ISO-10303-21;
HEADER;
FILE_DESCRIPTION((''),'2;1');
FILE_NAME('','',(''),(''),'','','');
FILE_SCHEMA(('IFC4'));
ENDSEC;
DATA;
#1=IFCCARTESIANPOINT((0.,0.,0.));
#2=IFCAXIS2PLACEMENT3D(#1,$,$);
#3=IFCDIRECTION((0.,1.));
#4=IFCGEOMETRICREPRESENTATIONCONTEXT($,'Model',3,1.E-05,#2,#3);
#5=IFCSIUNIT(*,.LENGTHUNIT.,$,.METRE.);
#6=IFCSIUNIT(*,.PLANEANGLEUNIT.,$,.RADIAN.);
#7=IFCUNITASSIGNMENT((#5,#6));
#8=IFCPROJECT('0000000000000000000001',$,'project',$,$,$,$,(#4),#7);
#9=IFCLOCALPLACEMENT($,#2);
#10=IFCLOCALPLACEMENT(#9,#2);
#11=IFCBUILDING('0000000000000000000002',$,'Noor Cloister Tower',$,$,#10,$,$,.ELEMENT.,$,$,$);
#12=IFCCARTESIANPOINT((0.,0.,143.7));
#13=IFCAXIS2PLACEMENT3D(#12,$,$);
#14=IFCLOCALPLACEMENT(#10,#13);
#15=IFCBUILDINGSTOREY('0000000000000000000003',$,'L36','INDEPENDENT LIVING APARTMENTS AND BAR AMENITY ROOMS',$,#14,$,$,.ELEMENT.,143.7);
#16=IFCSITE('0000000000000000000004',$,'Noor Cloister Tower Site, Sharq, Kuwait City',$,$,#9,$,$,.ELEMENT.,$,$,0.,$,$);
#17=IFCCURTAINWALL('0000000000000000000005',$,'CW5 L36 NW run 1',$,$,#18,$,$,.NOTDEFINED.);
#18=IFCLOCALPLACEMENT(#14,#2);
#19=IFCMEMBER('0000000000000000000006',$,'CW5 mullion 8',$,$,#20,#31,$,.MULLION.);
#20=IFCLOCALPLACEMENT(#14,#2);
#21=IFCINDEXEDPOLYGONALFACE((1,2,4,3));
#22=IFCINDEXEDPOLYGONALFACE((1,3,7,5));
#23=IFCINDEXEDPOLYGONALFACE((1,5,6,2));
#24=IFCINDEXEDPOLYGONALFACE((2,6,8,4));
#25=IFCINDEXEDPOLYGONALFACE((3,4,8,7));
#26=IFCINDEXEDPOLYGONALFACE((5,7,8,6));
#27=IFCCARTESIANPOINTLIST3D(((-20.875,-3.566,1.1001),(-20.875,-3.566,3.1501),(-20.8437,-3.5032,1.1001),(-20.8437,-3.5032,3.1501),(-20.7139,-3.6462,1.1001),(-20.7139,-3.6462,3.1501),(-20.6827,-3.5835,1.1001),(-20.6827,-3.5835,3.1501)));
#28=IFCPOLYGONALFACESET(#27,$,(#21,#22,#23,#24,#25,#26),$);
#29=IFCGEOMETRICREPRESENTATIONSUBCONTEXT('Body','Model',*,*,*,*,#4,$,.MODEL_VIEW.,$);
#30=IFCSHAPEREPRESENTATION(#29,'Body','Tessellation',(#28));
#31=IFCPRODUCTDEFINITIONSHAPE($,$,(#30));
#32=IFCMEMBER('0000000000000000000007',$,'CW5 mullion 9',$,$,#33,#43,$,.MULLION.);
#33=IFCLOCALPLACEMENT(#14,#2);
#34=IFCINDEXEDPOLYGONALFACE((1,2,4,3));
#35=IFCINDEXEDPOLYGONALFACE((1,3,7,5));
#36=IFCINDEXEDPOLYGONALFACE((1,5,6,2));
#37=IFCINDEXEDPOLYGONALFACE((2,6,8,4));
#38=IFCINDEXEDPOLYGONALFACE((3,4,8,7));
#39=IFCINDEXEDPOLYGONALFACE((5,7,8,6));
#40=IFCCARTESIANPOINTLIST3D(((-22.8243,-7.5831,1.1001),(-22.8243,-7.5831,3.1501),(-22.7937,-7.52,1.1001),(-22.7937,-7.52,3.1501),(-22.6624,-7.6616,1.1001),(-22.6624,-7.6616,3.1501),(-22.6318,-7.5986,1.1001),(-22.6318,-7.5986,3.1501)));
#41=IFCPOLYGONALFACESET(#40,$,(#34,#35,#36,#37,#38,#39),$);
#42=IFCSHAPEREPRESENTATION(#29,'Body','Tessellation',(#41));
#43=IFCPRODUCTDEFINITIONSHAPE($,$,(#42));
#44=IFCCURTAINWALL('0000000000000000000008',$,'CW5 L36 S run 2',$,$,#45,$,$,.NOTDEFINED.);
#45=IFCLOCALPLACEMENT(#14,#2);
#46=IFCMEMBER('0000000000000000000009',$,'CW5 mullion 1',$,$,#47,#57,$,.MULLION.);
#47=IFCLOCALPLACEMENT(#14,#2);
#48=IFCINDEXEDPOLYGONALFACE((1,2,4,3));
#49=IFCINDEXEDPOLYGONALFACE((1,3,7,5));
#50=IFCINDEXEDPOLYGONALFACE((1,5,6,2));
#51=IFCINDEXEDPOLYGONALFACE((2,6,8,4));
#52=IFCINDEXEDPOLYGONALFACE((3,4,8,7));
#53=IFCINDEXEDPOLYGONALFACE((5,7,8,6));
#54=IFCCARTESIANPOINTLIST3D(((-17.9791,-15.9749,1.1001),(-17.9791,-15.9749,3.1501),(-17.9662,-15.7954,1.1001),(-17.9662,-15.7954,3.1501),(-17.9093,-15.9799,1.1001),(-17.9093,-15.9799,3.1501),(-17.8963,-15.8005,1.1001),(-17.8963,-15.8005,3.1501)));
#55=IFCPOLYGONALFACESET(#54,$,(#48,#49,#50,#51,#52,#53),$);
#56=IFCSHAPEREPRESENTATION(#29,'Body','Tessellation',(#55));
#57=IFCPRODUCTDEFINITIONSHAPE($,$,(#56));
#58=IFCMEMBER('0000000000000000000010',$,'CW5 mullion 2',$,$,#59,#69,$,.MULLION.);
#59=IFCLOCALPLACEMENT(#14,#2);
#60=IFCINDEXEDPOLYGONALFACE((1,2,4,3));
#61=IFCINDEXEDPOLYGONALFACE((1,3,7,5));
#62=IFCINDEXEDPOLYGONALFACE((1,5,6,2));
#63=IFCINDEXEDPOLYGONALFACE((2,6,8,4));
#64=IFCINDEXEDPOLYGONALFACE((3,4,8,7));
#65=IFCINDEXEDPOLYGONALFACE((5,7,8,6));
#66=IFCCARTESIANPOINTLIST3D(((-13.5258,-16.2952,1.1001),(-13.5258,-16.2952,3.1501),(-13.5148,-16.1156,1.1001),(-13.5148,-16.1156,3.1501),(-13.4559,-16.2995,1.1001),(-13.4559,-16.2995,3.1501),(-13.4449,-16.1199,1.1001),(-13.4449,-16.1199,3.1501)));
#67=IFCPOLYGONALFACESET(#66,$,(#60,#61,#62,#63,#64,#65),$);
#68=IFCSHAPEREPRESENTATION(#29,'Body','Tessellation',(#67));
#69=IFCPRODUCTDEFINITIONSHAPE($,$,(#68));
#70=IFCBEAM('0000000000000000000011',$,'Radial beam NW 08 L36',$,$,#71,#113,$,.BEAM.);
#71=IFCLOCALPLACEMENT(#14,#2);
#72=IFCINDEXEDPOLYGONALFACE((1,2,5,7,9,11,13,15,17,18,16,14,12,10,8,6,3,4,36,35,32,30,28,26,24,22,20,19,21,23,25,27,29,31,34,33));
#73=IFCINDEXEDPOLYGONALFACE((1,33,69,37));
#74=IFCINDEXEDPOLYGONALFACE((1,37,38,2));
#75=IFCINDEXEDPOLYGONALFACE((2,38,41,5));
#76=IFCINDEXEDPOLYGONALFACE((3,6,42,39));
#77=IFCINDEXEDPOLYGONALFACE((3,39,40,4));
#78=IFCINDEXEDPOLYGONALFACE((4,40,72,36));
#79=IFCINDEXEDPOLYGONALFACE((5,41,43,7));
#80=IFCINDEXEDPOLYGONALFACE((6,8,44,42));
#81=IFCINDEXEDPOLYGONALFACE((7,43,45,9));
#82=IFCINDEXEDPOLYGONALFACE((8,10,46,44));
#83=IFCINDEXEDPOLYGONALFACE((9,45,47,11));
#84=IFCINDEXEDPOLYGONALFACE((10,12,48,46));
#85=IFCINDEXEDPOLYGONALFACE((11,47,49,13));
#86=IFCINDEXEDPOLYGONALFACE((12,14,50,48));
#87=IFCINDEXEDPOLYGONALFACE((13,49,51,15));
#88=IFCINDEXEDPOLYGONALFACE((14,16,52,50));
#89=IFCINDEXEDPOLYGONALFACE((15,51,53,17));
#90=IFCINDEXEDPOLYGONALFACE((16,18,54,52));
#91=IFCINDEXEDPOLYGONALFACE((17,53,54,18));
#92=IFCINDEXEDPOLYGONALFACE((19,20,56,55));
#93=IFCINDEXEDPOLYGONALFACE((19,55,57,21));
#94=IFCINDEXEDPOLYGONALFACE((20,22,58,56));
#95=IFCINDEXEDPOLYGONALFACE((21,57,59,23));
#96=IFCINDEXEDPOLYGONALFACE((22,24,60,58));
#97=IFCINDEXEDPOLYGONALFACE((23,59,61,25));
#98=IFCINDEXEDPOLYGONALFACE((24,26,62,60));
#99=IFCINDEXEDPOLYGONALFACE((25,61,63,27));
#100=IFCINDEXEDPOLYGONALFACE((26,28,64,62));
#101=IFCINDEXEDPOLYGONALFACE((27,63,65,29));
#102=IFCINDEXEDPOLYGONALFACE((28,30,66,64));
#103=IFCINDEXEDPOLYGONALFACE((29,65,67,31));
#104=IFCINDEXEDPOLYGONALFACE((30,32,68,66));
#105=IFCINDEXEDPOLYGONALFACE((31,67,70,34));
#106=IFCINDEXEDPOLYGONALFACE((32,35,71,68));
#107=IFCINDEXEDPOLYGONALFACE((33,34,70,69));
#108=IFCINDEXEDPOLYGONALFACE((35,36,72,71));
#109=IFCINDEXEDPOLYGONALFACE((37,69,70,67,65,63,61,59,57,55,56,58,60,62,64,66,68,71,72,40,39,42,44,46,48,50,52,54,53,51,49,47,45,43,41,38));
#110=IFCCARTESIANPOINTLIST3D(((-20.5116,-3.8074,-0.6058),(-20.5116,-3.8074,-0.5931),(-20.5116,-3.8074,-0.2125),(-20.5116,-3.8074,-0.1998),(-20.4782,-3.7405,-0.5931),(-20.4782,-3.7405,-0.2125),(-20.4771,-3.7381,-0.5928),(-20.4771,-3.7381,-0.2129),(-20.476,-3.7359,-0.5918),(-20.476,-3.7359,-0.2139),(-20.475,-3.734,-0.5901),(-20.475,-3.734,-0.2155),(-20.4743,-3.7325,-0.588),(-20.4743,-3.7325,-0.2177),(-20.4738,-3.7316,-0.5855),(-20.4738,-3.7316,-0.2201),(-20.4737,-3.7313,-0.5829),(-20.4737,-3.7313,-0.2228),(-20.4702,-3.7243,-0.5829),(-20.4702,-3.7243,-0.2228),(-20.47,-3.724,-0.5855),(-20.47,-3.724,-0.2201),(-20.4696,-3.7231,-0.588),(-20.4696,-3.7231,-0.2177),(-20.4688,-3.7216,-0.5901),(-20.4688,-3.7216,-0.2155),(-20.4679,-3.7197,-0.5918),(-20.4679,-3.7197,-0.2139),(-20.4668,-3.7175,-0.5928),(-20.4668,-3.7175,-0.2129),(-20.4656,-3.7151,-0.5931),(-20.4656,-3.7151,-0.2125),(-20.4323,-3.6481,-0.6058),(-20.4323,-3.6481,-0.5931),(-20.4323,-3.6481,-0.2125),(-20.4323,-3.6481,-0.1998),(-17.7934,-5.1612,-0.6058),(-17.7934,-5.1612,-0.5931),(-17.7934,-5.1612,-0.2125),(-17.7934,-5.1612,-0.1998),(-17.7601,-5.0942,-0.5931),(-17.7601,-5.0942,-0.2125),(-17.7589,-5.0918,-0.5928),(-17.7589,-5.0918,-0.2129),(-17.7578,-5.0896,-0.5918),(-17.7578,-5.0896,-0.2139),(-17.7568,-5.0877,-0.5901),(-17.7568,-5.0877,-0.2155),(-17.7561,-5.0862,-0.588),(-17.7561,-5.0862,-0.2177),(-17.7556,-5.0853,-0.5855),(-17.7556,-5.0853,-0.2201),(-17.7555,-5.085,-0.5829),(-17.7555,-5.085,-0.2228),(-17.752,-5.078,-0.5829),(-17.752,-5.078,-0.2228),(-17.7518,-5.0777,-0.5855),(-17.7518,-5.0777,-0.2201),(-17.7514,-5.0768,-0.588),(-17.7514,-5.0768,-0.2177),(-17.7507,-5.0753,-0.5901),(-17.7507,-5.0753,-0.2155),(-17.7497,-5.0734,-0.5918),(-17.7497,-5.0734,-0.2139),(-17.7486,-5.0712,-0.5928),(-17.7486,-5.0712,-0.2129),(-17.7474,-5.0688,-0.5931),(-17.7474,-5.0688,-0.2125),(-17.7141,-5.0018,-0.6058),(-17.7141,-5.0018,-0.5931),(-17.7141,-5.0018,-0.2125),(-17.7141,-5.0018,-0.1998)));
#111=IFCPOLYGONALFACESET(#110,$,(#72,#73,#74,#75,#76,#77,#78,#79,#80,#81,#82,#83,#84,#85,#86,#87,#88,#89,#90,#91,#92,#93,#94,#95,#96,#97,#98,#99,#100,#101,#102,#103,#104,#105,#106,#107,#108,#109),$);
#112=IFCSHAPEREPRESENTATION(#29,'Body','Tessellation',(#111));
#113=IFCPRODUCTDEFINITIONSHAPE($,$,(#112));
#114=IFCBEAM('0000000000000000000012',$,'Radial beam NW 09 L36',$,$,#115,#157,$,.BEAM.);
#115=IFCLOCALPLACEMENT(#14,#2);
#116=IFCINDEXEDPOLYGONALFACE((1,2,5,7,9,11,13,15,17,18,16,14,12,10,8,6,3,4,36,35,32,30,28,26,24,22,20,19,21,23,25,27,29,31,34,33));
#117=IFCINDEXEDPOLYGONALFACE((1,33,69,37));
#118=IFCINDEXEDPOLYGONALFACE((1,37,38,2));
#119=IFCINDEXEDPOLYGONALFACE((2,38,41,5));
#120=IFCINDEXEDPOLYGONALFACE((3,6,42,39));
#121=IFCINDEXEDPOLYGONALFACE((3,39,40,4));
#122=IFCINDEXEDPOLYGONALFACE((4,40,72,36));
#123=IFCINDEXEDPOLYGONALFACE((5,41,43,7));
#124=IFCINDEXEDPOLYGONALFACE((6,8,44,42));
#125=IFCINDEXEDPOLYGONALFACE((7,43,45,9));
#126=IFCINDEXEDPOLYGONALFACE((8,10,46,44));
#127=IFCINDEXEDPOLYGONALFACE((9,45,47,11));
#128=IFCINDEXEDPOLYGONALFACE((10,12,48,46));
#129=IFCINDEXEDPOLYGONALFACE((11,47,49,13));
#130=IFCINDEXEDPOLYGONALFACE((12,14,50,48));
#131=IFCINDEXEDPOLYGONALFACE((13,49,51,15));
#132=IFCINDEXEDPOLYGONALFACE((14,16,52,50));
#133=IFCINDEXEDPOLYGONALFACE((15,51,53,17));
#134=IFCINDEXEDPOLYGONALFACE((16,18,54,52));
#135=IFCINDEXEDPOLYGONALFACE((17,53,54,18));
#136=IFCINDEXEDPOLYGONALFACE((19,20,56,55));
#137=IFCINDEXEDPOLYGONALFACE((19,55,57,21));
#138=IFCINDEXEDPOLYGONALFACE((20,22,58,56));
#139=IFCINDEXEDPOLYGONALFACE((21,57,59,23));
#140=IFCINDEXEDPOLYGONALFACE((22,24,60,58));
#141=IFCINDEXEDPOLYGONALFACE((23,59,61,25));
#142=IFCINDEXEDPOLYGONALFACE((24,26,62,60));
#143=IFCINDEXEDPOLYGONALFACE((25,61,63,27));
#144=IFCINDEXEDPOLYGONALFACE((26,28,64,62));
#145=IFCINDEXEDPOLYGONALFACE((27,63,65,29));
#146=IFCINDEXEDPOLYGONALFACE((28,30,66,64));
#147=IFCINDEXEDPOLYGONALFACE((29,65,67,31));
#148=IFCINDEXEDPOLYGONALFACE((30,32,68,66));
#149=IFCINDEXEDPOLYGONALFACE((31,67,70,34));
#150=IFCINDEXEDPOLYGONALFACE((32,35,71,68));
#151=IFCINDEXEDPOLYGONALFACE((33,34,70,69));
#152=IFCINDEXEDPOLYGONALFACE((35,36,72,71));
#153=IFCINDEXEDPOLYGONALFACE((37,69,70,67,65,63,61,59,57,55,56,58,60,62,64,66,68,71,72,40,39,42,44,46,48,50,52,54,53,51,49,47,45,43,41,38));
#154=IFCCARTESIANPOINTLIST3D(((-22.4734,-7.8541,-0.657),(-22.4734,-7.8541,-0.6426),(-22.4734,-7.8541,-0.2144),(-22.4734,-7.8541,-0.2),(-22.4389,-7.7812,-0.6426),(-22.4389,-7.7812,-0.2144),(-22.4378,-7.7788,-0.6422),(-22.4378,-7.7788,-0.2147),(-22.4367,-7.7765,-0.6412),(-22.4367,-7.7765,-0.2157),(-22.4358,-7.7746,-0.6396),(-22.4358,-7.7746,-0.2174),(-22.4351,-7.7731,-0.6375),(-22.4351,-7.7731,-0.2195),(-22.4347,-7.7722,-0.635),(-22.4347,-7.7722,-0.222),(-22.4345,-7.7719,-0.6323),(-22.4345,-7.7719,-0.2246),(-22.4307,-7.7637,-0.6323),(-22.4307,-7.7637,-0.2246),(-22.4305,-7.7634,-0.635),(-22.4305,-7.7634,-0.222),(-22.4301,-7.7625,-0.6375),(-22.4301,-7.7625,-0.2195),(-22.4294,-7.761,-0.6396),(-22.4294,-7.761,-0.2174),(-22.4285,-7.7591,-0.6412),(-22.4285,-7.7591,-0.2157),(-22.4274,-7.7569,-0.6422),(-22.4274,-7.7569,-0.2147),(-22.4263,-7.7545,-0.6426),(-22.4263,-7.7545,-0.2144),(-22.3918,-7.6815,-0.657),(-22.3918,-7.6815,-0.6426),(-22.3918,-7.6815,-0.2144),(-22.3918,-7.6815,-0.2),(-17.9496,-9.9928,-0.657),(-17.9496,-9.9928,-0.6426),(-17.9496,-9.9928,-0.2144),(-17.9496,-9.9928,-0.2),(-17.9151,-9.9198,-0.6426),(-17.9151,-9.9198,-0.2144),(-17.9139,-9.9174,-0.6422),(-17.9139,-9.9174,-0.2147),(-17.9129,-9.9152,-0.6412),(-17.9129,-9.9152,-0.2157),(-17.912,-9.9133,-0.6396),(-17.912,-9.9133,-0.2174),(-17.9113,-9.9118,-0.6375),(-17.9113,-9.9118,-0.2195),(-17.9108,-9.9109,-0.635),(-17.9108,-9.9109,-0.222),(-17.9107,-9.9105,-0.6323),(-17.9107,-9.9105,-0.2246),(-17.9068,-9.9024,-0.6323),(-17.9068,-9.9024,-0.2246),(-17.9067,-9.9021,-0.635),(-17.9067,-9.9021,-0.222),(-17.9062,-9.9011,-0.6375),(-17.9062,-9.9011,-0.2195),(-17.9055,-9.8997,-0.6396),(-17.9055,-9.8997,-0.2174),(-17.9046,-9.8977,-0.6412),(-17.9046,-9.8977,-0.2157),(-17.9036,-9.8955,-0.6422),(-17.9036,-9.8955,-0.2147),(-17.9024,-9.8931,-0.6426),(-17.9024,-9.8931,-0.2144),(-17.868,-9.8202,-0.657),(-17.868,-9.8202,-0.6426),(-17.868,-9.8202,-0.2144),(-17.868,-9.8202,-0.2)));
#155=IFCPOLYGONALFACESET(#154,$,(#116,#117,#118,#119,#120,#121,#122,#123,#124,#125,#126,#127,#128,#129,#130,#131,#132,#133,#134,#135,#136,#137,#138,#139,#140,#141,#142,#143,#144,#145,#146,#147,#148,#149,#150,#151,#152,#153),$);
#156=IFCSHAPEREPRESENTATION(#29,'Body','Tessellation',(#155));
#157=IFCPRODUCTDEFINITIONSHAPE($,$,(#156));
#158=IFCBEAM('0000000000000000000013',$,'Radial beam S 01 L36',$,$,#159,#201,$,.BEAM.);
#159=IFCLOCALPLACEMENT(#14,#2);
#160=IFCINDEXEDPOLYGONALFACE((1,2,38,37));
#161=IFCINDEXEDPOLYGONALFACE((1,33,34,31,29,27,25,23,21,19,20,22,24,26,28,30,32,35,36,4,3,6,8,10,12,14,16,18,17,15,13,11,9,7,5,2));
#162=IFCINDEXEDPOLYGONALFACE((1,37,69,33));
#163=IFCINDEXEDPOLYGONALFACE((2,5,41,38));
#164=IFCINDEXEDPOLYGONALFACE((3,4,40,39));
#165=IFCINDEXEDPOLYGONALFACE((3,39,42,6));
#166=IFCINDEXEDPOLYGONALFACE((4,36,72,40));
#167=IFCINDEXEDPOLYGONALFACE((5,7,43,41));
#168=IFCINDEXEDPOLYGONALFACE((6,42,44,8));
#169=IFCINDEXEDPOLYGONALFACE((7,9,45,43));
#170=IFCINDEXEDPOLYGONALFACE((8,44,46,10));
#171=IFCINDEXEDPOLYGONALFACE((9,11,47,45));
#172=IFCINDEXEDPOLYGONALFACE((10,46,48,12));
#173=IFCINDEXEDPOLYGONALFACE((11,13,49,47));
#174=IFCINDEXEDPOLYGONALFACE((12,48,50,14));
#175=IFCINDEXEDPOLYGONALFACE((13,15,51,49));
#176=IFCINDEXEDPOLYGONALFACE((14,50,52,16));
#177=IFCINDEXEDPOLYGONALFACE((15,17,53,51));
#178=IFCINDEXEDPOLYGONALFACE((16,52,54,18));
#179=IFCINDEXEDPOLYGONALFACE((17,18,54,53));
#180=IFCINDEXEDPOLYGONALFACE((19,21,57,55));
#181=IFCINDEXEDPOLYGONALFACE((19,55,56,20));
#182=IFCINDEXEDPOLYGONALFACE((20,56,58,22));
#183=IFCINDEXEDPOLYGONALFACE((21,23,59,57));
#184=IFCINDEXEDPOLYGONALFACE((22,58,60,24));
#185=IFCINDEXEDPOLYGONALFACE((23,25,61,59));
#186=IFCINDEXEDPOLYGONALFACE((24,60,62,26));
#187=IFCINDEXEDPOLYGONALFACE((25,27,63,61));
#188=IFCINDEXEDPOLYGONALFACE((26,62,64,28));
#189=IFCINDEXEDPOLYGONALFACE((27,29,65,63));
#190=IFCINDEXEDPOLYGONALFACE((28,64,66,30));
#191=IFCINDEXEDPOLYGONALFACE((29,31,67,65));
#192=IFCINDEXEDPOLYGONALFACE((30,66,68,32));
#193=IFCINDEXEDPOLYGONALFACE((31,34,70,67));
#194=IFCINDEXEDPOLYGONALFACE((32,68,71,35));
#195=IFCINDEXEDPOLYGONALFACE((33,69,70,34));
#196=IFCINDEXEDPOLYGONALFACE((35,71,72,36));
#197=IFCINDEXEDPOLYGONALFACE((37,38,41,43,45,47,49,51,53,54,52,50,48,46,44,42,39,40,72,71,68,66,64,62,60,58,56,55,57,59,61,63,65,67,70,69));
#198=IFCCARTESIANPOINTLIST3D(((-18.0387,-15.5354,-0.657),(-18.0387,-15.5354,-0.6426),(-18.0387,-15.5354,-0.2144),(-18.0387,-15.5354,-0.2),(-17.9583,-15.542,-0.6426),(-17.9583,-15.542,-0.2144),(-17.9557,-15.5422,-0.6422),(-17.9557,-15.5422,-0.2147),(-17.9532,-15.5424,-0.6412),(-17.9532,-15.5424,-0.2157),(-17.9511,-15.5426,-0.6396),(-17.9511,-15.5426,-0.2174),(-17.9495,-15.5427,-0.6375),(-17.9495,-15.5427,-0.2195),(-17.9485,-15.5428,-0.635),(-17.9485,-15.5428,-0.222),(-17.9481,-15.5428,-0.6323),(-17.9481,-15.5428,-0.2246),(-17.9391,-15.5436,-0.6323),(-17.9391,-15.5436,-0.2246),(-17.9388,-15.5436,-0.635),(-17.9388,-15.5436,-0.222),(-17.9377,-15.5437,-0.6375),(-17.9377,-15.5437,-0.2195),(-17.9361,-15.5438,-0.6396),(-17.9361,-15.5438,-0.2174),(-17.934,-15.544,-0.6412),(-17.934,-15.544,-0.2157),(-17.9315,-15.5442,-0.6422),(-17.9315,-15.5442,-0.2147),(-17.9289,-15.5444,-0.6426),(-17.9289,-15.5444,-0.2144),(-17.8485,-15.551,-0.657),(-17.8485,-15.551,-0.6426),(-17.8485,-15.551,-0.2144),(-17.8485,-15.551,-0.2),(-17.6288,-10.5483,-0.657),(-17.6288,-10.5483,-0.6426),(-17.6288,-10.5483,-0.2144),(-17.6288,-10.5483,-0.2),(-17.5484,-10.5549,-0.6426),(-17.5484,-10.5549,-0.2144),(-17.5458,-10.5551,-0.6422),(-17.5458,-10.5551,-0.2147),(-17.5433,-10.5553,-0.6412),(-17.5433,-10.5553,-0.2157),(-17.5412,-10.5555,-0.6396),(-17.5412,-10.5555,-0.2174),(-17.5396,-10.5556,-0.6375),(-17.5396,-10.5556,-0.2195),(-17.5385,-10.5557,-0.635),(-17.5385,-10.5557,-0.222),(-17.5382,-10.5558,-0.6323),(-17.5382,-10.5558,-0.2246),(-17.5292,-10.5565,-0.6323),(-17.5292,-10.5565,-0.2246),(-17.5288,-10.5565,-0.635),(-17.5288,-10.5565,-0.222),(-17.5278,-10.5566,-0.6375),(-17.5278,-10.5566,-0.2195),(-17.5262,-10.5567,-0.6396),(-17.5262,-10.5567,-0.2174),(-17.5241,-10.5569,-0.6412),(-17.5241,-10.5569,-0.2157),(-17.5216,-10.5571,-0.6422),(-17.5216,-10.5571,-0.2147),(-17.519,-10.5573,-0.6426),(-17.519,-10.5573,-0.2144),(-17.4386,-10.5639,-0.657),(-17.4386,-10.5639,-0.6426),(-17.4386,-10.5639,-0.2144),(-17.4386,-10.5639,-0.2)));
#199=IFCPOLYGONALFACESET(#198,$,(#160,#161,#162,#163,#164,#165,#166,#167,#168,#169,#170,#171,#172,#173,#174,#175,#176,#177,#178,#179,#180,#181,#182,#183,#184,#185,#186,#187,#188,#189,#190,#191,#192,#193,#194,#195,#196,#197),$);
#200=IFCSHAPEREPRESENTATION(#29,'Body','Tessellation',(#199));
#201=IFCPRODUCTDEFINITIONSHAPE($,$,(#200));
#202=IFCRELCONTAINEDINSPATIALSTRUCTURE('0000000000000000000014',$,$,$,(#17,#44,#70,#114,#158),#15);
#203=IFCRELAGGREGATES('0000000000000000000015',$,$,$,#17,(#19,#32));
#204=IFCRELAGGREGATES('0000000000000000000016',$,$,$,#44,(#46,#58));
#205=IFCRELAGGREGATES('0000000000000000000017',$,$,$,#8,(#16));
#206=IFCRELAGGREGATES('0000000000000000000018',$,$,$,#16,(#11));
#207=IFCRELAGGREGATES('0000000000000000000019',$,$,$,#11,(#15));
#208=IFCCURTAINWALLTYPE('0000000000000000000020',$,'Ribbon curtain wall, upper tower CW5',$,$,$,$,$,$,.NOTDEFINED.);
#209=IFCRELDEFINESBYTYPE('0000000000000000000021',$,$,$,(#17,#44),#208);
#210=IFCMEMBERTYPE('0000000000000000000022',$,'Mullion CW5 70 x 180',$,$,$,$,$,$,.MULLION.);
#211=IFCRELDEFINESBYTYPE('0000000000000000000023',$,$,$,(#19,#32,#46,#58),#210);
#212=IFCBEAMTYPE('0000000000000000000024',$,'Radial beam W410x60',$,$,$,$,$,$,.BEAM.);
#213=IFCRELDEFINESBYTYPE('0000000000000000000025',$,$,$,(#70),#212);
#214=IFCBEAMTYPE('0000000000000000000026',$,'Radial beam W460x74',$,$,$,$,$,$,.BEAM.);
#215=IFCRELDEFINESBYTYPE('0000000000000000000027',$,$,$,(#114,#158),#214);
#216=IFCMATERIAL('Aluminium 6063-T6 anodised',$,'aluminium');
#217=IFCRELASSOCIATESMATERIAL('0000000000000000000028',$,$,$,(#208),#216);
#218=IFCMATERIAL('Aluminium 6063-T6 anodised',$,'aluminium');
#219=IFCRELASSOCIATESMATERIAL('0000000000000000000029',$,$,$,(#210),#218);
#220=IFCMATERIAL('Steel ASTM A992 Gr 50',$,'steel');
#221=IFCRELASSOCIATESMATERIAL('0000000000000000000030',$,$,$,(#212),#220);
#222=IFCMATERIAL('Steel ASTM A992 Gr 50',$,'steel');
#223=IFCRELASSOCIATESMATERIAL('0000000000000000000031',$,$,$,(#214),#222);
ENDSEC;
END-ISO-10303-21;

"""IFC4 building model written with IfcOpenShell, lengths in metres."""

from ifc_helpers import new_model, si_unit, direction, frame, origin, origin_2d, place, context, subcontext, project, spatial, rectangle, i_section, extrude, material, material_profile, profile_set, type_object, element, aggregate, save


model = new_model("IFC4")

# Units and contexts
model_context = context("Model", 3, precision=1e-05, world=origin(), true_north=direction((0.0, 1.0)))
body_context = subcontext(model_context, "Body", "Model", "MODEL_VIEW")
ifc_project = project(units=[si_unit("LENGTHUNIT", "METRE"), si_unit("PLANEANGLEUNIT", "RADIAN")], contexts=[model_context])

# Site, building, storey
site_placement = place(None, origin())
site = spatial("IfcSite", under=ifc_project, at=site_placement, Name="Noor Cloister Tower Site, Sharq, Kuwait City", CompositionType="ELEMENT", RefElevation=0.0)
building_placement = place(site_placement, origin())
building = spatial("IfcBuilding", under=site, at=building_placement, Name="Noor Cloister Tower", CompositionType="ELEMENT")
storey_placement = place(building_placement, frame((0.0, 0.0, 143.7)))
storey = spatial("IfcBuildingStorey", under=building, at=storey_placement, Name="L36", Description="INDEPENDENT LIVING APARTMENTS AND BAR AMENITY ROOMS", CompositionType="ELEMENT", Elevation=143.7)

# Curtain walls, members
ifc_material_1 = material(Name="Aluminium 6063-T6 anodised", Category="aluminium")
curtain_wall_type = type_object("IfcCurtainWallType", Name="Ribbon curtain wall, upper tower CW5", PredefinedType="NOTDEFINED", material=ifc_material_1)
curtain_wall_1_placement = place(storey_placement, origin())
curtain_wall_1 = element("IfcCurtainWall", 1, at=curtain_wall_1_placement, inside=storey, type_object=curtain_wall_type, Name="CW5 L36 NW run 1", PredefinedType="NOTDEFINED")
ifc_material_2 = material(Name="Aluminium 6063-T6 anodised", Category="aluminium")
ifc_material_profile_1 = material_profile(ifc_material_2, rectangle(XDim=0.1799, YDim=0.0701, at=origin_2d()), Name="180 x 70 mullion")
ifc_profile_set_1 = profile_set([ifc_material_profile_1], Name="Aluminium 6063-T6 anodised")
member_type = type_object("IfcMemberType", Name="Mullion CW5 70 x 180", PredefinedType="MULLION", material=ifc_profile_set_1)
member_1_placement = place(storey_placement, frame((-20.7788, -3.5747, 1.1001), z_axis=(0.0, 0.0, 1.0), x_axis=(0.895123, -0.445819, 0.0)))
member_1 = element("IfcMember", 2, at=member_1_placement, type_object=member_type, Name="CW5 mullion 8", PredefinedType="MULLION", context=body_context, shape_type="SweptSolid", body=[
    extrude(rectangle(XDim=0.1799, YDim=0.0701, at=origin_2d()), origin(), (0.0, 0.0, 1.0), 2.05),
])
member_2_placement = place(storey_placement, frame((-22.728, -7.5908, 1.1001), z_axis=(0.0, 0.0, 1.0), x_axis=(0.899647, -0.436619, 0.0)))
member_2 = element("IfcMember", 3, at=member_2_placement, type_object=member_type, Name="CW5 mullion 9", PredefinedType="MULLION", context=body_context, shape_type="SweptSolid", body=[
    extrude(rectangle(XDim=0.1799, YDim=0.0701, at=origin_2d()), origin(), (0.0, 0.0, 1.0), 2.05),
])
curtain_wall_2_placement = place(storey_placement, origin())
curtain_wall_2 = element("IfcCurtainWall", 4, at=curtain_wall_2_placement, inside=storey, type_object=curtain_wall_type, Name="CW5 L36 S run 2", PredefinedType="NOTDEFINED")
member_3_placement = place(storey_placement, frame((-17.9377, -15.8877, 1.1001), z_axis=(0.0, 0.0, 1.0), x_axis=(0.0717, 0.997426, 0.0)))
member_3 = element("IfcMember", 5, at=member_3_placement, type_object=member_type, Name="CW5 mullion 1", PredefinedType="MULLION", context=body_context, shape_type="SweptSolid", body=[
    extrude(rectangle(XDim=0.1799, YDim=0.0701, at=origin_2d()), origin(), (0.0, 0.0, 1.0), 2.05),
])
member_4_placement = place(storey_placement, frame((-13.4854, -16.2075, 1.1001), z_axis=(0.0, 0.0, 1.0), x_axis=(0.061471, 0.998109, 0.0)))
member_4 = element("IfcMember", 6, at=member_4_placement, type_object=member_type, Name="CW5 mullion 2", PredefinedType="MULLION", context=body_context, shape_type="SweptSolid", body=[
    extrude(rectangle(XDim=0.1799, YDim=0.0701, at=origin_2d()), origin(), (0.0, 0.0, 1.0), 2.05),
])

# Beams
ifc_material_3 = material(Name="Steel ASTM A992 Gr 50", Category="steel")
ifc_material_profile_2 = material_profile(ifc_material_3, i_section(OverallWidth=0.178, OverallDepth=0.406, WebThickness=0.0078, FlangeThickness=0.0127, FilletRadius=0.0103, at=origin_2d()), Name="W410x60")
ifc_profile_set_2 = profile_set([ifc_material_profile_2], Name="Steel ASTM A992 Gr 50")
beam_type_1 = type_object("IfcBeamType", Name="Radial beam W410x60", PredefinedType="BEAM", material=ifc_profile_set_2)
beam_1_placement = place(storey_placement, frame((-20.4719, -3.7278, -0.4028), z_axis=(0.895134, -0.445798, 0.0), x_axis=(0.445798, 0.895134, 0.0)))
element("IfcBeam", 7, at=beam_1_placement, inside=storey, type_object=beam_type_1, Name="Radial beam NW 08 L36", PredefinedType="BEAM", context=body_context, shape_type="SweptSolid", body=[
    extrude(i_section(OverallWidth=0.178, OverallDepth=0.406, WebThickness=0.0078, FlangeThickness=0.0127, FilletRadius=0.0103, at=origin_2d()), origin(), (0.0, 0.0, 1.0), 3.0366),
])
ifc_material_4 = material(Name="Steel ASTM A992 Gr 50", Category="steel")
ifc_material_profile_3 = material_profile(ifc_material_4, i_section(OverallWidth=0.1909, OverallDepth=0.457, WebThickness=0.009, FlangeThickness=0.0144, FilletRadius=0.0103, at=origin_2d()), Name="W460x74")
ifc_profile_set_3 = profile_set([ifc_material_profile_3], Name="Steel ASTM A992 Gr 50")
beam_type_2 = type_object("IfcBeamType", Name="Radial beam W460x74", PredefinedType="BEAM", material=ifc_profile_set_3)
for number, where, z_axis, x_axis, name in (
    (8, (-22.4326, -7.7678, -0.4285), (0.904065, -0.427394, 0.0), (0.427394, 0.904065, 0.0), "Radial beam NW 09 L36"),
    (9, (-17.9436, -15.5432, -0.4285), (0.081919, 0.996639, 0.0), (-0.996639, 0.081919, 0.0), "Radial beam S 01 L36"),
):
    element("IfcBeam", number, at=place(storey_placement, frame(where, z_axis=z_axis, x_axis=x_axis)), inside=storey, type_object=beam_type_2, Name=name, PredefinedType="BEAM", context=body_context, shape_type="SweptSolid", body=[
        extrude(i_section(OverallWidth=0.1909, OverallDepth=0.457, WebThickness=0.009, FlangeThickness=0.0144, FilletRadius=0.0103, at=origin_2d()), origin(), (0.0, 0.0, 1.0), 5.0039),
    ])

aggregate(curtain_wall_1, [member_1, member_2])
aggregate(curtain_wall_2, [member_3, member_4])

save(model, "model.ifc")
